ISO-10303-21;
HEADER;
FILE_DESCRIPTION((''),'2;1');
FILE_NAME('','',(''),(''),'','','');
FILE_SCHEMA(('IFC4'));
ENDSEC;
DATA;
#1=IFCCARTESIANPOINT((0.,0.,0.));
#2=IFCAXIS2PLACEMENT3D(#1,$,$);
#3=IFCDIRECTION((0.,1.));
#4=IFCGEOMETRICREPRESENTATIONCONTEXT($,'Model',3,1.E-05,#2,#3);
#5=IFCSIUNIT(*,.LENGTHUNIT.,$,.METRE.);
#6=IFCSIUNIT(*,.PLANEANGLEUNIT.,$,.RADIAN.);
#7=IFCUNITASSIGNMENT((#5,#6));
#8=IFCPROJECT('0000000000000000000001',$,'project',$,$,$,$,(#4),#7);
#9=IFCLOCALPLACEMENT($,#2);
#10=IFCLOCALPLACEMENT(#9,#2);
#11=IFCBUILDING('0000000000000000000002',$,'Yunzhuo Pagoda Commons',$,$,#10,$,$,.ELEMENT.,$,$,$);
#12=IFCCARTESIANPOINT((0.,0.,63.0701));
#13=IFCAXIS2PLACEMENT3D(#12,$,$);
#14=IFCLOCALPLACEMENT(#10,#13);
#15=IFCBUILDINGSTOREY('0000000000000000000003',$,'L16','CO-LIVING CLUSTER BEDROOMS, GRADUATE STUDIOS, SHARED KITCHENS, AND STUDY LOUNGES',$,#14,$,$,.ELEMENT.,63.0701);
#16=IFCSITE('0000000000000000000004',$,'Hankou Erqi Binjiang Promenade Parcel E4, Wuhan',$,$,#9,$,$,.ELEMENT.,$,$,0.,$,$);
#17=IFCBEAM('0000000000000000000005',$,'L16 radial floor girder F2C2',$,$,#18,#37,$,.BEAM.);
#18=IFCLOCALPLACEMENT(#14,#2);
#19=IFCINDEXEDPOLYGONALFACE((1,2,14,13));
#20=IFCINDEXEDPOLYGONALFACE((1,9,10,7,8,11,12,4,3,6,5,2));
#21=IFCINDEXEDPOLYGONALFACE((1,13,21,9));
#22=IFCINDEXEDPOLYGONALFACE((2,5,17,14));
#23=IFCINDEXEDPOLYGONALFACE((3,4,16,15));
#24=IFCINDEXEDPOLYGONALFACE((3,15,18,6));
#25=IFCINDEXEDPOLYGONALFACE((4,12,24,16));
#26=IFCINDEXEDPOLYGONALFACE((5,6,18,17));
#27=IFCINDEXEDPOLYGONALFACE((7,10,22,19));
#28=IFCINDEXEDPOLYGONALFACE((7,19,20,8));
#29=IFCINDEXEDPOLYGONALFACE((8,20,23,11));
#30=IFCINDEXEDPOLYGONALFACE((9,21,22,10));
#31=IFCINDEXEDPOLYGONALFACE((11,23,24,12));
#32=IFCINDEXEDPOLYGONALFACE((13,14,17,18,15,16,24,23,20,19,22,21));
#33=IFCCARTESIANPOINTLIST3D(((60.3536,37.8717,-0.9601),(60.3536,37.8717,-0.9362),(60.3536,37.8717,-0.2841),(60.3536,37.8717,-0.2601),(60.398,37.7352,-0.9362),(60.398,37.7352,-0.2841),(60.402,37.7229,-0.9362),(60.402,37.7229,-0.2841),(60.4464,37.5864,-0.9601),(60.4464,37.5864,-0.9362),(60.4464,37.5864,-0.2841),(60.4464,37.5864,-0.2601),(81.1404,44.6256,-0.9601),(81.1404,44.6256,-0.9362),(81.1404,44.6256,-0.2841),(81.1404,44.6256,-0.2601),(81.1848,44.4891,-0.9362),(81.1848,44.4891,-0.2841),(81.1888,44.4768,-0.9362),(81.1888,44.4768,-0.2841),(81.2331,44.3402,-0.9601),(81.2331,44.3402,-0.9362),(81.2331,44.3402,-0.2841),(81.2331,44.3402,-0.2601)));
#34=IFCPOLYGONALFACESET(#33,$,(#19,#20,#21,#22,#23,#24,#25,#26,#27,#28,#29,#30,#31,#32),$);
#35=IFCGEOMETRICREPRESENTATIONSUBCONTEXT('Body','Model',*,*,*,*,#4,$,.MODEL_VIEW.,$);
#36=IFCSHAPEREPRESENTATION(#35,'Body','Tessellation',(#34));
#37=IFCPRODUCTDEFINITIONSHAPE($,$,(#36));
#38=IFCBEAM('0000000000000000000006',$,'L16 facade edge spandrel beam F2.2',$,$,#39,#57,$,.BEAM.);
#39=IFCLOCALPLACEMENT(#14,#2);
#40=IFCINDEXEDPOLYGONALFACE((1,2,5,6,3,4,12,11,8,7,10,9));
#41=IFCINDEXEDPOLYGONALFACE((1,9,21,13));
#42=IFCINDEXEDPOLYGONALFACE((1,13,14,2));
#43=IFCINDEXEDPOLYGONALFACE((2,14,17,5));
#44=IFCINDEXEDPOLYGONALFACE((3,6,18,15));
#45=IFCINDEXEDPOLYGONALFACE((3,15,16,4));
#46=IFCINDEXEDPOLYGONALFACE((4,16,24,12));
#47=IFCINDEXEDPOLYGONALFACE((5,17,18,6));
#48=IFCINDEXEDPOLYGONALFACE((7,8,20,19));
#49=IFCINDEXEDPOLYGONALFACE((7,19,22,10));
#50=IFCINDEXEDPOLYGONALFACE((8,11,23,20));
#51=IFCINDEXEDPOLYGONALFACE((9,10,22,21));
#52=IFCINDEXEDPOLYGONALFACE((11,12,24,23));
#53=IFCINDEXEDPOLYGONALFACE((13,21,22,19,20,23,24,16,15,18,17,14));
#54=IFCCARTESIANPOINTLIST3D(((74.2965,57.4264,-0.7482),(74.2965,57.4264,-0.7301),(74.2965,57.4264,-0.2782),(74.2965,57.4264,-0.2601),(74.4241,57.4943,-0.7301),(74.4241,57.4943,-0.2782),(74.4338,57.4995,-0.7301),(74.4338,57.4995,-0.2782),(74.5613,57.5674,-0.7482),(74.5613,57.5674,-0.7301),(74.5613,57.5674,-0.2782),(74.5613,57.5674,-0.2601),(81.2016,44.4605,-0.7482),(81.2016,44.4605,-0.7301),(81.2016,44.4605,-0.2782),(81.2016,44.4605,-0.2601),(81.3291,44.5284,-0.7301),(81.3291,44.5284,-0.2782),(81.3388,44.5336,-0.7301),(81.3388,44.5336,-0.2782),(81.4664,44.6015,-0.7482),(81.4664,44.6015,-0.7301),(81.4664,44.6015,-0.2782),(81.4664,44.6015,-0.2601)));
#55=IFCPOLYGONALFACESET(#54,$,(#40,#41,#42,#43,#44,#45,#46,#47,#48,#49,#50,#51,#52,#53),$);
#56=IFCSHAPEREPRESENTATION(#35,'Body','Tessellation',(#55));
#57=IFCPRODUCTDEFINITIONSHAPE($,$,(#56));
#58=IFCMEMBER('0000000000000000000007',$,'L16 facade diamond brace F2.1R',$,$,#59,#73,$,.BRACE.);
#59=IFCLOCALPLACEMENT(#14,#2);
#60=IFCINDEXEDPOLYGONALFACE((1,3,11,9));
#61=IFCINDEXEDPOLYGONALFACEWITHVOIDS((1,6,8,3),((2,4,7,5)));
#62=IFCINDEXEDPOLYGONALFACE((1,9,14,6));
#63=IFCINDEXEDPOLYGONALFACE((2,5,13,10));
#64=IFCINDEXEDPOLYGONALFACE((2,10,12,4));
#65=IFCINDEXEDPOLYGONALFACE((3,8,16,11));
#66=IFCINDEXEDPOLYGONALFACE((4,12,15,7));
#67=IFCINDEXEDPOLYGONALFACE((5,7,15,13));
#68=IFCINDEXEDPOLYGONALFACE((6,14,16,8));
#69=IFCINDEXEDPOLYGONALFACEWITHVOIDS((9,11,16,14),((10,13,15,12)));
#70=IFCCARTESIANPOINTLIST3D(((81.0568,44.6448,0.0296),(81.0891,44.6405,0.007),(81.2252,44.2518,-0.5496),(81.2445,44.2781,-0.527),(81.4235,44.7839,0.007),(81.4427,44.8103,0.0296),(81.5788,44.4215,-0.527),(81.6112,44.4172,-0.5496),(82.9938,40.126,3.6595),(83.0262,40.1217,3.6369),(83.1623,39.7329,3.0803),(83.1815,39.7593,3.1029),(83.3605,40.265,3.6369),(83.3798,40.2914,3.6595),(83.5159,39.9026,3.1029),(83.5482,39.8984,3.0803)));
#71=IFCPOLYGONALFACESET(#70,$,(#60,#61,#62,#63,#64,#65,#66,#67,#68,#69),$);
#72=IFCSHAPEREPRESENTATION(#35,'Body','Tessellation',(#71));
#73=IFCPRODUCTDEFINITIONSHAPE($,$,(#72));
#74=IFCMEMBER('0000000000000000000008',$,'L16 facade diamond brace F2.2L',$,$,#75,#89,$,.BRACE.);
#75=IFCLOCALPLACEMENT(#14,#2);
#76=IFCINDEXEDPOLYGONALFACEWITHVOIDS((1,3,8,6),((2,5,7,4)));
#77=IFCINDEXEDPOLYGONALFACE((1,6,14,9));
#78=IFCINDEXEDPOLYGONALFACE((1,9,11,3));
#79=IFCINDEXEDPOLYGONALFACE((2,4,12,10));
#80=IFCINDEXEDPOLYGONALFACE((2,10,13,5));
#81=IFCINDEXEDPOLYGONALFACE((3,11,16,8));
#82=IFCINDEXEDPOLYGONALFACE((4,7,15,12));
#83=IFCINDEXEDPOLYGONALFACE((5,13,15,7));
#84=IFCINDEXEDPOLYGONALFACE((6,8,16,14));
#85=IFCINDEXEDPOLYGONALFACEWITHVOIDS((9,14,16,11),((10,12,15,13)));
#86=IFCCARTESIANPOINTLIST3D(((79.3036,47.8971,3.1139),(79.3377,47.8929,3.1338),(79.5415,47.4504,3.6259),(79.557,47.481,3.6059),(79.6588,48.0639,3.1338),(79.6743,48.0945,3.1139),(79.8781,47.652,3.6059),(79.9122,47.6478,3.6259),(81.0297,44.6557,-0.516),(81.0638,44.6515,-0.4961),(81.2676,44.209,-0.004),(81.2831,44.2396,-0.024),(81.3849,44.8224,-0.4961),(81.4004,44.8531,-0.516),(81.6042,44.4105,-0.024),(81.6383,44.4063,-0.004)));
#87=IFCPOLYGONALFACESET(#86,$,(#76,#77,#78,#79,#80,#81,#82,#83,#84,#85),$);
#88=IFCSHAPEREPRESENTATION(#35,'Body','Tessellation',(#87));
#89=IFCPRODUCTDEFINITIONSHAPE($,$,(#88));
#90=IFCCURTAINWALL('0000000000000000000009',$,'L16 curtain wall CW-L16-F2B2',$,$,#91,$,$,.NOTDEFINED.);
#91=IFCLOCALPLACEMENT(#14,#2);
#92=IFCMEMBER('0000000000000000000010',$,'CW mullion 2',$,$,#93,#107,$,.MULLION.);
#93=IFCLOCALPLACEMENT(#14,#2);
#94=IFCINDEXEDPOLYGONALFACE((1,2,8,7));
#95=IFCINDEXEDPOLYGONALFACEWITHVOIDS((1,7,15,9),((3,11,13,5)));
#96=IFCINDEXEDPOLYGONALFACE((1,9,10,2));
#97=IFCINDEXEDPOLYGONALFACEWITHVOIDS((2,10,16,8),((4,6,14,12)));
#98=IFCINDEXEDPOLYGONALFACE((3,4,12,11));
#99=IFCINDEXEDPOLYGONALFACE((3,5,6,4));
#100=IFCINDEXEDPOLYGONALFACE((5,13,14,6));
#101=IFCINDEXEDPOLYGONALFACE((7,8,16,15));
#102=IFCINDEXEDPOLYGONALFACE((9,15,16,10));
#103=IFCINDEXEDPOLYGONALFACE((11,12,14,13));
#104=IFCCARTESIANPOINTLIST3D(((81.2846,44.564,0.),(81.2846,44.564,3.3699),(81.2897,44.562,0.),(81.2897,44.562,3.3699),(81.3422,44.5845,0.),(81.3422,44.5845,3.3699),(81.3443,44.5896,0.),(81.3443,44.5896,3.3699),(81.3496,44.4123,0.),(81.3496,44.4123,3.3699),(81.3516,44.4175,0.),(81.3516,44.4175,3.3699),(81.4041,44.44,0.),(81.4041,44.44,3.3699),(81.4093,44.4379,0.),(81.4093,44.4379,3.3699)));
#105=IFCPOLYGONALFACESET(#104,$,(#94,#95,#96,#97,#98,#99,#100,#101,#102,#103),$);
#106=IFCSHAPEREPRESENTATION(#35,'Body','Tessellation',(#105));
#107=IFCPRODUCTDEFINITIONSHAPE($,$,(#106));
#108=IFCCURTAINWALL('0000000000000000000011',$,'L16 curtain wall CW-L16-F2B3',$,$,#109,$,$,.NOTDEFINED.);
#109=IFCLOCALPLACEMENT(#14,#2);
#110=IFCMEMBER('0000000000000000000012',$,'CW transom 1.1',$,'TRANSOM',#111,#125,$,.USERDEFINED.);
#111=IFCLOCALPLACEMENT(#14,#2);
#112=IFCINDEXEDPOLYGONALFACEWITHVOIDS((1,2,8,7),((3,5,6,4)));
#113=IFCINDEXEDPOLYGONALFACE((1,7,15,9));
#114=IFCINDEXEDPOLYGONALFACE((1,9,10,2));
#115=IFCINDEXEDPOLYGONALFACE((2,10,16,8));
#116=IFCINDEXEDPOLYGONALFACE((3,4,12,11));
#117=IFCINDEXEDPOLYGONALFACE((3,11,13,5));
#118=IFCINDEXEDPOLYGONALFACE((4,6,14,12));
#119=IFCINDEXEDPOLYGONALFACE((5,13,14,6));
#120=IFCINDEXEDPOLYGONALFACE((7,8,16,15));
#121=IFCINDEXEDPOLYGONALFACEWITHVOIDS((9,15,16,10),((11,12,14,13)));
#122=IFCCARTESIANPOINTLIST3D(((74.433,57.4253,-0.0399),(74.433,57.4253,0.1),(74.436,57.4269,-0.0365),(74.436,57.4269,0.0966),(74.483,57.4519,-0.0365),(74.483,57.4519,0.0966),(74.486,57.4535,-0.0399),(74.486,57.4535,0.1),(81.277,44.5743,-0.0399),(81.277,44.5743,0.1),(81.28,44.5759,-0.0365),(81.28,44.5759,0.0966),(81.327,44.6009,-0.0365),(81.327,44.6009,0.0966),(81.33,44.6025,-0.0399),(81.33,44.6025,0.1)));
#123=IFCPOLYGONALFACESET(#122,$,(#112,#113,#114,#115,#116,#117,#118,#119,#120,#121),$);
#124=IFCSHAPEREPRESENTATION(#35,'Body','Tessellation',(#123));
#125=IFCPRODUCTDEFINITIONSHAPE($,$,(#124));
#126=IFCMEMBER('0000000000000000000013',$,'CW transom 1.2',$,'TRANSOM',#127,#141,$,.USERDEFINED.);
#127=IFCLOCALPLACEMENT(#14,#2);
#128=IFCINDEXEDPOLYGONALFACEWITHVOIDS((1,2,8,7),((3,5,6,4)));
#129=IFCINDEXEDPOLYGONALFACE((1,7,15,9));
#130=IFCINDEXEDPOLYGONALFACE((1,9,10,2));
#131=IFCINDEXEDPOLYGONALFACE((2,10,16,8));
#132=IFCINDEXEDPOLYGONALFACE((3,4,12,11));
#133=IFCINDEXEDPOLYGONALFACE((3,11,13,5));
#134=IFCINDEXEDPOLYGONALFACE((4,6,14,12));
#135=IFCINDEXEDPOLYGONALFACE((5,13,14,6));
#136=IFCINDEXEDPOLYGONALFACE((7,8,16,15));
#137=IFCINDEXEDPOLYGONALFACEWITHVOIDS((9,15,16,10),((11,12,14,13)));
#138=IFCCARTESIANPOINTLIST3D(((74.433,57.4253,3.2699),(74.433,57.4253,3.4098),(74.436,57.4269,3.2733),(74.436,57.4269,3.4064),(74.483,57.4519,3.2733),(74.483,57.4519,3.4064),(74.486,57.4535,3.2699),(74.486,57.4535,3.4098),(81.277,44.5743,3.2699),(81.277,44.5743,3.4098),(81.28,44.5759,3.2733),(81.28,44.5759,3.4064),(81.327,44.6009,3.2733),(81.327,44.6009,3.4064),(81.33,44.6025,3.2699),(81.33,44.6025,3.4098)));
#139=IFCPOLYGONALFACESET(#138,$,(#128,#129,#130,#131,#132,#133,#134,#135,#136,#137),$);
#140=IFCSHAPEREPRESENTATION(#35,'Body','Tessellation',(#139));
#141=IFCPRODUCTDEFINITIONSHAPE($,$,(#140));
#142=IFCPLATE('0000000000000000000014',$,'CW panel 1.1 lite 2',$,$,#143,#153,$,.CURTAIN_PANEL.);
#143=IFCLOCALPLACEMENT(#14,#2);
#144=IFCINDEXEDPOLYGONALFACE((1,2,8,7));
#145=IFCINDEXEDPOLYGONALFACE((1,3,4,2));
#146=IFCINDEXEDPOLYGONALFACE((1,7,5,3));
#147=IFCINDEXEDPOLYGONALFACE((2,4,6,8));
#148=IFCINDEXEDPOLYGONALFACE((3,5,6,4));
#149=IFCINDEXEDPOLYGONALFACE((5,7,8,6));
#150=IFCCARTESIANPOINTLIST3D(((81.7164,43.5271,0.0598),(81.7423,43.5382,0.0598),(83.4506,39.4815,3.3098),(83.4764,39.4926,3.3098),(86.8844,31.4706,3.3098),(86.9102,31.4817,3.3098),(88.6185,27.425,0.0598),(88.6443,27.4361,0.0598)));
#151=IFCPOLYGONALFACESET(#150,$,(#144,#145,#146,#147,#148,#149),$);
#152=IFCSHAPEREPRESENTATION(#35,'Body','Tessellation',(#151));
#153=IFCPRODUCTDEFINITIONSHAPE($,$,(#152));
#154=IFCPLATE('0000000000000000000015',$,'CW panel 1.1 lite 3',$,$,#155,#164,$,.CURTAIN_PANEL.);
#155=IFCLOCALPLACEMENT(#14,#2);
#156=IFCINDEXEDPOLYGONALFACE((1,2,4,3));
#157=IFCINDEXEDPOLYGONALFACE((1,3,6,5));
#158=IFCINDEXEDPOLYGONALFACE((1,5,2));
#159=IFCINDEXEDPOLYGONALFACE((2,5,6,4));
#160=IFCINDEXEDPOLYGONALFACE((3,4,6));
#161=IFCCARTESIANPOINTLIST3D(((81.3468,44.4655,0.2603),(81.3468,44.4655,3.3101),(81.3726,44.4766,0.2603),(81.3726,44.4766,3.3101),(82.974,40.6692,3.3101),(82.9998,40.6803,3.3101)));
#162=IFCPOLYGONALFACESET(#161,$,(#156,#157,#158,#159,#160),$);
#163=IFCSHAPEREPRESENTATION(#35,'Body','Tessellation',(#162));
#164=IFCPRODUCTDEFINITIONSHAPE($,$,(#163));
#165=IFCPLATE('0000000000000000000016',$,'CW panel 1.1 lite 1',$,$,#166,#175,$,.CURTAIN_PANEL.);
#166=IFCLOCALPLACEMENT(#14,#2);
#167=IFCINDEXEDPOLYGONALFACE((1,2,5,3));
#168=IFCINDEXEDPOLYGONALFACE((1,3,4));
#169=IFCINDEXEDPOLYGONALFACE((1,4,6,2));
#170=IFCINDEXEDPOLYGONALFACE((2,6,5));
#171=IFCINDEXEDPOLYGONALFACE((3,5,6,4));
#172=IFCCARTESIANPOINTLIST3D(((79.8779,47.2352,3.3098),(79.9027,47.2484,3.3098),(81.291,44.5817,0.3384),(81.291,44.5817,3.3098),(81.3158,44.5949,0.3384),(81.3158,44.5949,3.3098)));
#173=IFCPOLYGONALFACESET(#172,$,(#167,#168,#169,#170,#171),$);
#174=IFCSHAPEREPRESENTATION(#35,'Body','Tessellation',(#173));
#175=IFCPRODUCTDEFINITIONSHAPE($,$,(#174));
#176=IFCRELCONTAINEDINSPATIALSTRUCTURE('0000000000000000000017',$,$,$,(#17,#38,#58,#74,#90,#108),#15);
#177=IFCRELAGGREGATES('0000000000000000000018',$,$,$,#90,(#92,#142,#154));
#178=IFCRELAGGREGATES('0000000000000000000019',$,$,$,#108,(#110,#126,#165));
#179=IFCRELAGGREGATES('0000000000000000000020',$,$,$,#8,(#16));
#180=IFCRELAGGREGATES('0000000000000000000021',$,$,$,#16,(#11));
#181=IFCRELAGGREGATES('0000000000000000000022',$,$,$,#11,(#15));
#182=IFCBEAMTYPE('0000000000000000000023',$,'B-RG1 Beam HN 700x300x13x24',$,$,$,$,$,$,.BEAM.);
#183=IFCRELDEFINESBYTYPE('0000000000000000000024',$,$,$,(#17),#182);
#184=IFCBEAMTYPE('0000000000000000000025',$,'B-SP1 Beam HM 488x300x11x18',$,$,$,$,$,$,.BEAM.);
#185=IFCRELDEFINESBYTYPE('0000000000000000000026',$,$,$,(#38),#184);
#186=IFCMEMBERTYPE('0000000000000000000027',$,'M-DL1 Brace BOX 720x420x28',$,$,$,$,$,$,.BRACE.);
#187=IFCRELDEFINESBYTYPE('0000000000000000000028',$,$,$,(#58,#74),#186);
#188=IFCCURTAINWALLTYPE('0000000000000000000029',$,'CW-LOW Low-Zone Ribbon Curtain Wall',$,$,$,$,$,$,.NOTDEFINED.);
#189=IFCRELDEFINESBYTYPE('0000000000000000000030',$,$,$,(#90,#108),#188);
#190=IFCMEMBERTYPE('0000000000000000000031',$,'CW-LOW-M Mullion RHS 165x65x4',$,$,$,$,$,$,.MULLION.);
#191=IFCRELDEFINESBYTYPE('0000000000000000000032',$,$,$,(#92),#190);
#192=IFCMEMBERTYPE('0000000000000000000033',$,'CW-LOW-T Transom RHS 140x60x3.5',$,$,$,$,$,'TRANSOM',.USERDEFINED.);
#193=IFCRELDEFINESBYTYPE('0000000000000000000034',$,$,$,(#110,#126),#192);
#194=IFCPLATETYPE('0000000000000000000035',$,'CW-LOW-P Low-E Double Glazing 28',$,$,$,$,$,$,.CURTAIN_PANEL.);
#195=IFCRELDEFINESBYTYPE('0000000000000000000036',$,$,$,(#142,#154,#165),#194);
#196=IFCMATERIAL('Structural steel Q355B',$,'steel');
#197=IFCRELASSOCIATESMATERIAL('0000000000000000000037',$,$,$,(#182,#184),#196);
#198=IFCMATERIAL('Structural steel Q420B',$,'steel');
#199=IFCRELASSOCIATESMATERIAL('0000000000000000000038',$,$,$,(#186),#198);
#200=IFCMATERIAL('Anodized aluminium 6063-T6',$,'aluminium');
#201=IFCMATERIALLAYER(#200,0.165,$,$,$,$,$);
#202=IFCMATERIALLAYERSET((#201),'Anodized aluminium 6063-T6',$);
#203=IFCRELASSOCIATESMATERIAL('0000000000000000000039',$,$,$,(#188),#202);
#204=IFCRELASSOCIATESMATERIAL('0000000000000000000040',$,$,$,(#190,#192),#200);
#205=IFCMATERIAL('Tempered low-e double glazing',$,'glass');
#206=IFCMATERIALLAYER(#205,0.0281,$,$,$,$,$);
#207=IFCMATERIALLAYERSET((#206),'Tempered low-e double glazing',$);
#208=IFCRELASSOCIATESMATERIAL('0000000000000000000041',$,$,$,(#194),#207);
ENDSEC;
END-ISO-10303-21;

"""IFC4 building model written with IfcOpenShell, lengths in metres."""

from ifc_helpers import new_model, si_unit, direction, frame, origin, origin_2d, place, context, subcontext, project, spatial, polyline, hollow_rectangle, i_section, outline, extrude, source, transform, mapped, material, layer, layer_set, material_profile, profile_set, type_object, element, aggregate, save


model = new_model("IFC4")

# Units and contexts
model_context = context("Model", 3, precision=1e-05, world=origin(), true_north=direction((0.0, 1.0)))
body_context = subcontext(model_context, "Body", "Model", "MODEL_VIEW")
ifc_project = project(units=[si_unit("LENGTHUNIT", "METRE"), si_unit("PLANEANGLEUNIT", "RADIAN")], contexts=[model_context])

# Site, building, storey
site_placement = place(None, origin())
site = spatial("IfcSite", under=ifc_project, at=site_placement, Name="Hankou Erqi Binjiang Promenade Parcel E4, Wuhan", CompositionType="ELEMENT", RefElevation=0.0)
building_placement = place(site_placement, origin())
building = spatial("IfcBuilding", under=site, at=building_placement, Name="Yunzhuo Pagoda Commons", CompositionType="ELEMENT")
storey_placement = place(building_placement, frame((0.0, 0.0, 63.0701)))
storey = spatial("IfcBuildingStorey", under=building, at=storey_placement, Name="L16", Description="CO-LIVING CLUSTER BEDROOMS, GRADUATE STUDIOS, SHARED KITCHENS, AND STUDY LOUNGES", CompositionType="ELEMENT", Elevation=63.0701)

# Shared definitions
ifc_material_1 = material(Name="Structural steel Q420B", Category="steel")

# Beams
ifc_material_2 = material(Name="Structural steel Q355B", Category="steel")
ifc_material_profile_1 = material_profile(ifc_material_2, i_section(OverallWidth=0.3, OverallDepth=0.7, WebThickness=0.0129, FlangeThickness=0.0239, at=origin_2d()), Name="Structural steel Q355B")
ifc_profile_set_1 = profile_set([ifc_material_profile_1], Name="Structural steel Q355B")
beam_type_1 = type_object("IfcBeamType", Name="B-RG1 Beam HN 700x300x13x24", PredefinedType="BEAM", material=ifc_profile_set_1)
shared_shape_1 = source(origin(), body_context, "Body", "SweptSolid", [
    extrude(i_section(OverallWidth=0.3, OverallDepth=0.7, WebThickness=0.0129, FlangeThickness=0.0239, at=origin_2d()), origin(), (0.0, 0.0, 1.0), 21.8564),
])
beam_1_placement = place(storey_placement, frame((81.1868, 44.4829, -0.6101), z_axis=(-0.951059, -0.309011, 0.0), x_axis=(0.309011, -0.951059, 0.0)))
element("IfcBeam", 1, at=beam_1_placement, inside=storey, type_object=beam_type_1, Name="L16 radial floor girder F2C2", PredefinedType="BEAM", context=body_context, shape_type="MappedRepresentation", body=[
    mapped(shared_shape_1, transform((0.0, 0.0, 0.0), scale=1.0)),
])
ifc_material_profile_2 = material_profile(ifc_material_2, i_section(OverallWidth=0.3, OverallDepth=0.488, WebThickness=0.011, FlangeThickness=0.0181, at=origin_2d()), Name="Structural steel Q355B")
ifc_profile_set_2 = profile_set([ifc_material_profile_2], Name="Structural steel Q355B")
beam_type_2 = type_object("IfcBeamType", Name="B-SP1 Beam HM 488x300x11x18", PredefinedType="BEAM", material=ifc_profile_set_2)
shared_shape_2 = source(origin(), body_context, "Body", "SweptSolid", [
    extrude(i_section(OverallWidth=0.3, OverallDepth=0.488, WebThickness=0.011, FlangeThickness=0.0181, at=origin_2d()), origin(), (0.0, 0.0, 1.0), 14.6899),
])
beam_2_placement = place(storey_placement, frame((81.334, 44.531, -0.5042), z_axis=(-0.470054, 0.882638, 0.0), x_axis=(-0.882638, -0.470054, 0.0)))
element("IfcBeam", 2, at=beam_2_placement, inside=storey, type_object=beam_type_2, Name="L16 facade edge spandrel beam F2.2", PredefinedType="BEAM", context=body_context, shape_type="MappedRepresentation", body=[
    mapped(shared_shape_2, transform((0.0, 0.0, 0.0), scale=1.0)),
])

# Members
ifc_material_profile_3 = material_profile(ifc_material_1, hollow_rectangle(XDim=0.4199, YDim=0.72, WallThickness=0.0281, at=origin_2d()), Name="Structural steel Q420B")
ifc_profile_set_3 = profile_set([ifc_material_profile_3], Name="Structural steel Q420B")
member_type_1 = type_object("IfcMemberType", Name="M-DL1 Brace BOX 720x420x28", PredefinedType="BRACE", material=ifc_profile_set_3)
shared_shape_3 = source(origin(), body_context, "Body", "SweptSolid", [
    extrude(hollow_rectangle(XDim=0.4199, YDim=0.72, WallThickness=0.0281, at=origin_2d()), origin(), (0.0, 0.0, 1.0), 6.1113),
])
member_1_placement = place(storey_placement, frame((81.334, 44.531, -0.26), z_axis=(0.316957, -0.739421, 0.593965), x_axis=(0.919117, 0.393985, 0.0)))
element("IfcMember", 3, at=member_1_placement, inside=storey, type_object=member_type_1, Name="L16 facade diamond brace F2.1R", PredefinedType="BRACE", context=body_context, shape_type="MappedRepresentation", body=[
    mapped(shared_shape_3, transform((0.0, 0.0, 0.0), scale=1.0)),
])
shared_shape_4 = source(origin(), body_context, "Body", "SweptSolid", [
    extrude(hollow_rectangle(XDim=0.4199, YDim=0.72, WallThickness=0.0281, at=origin_2d()), origin(), (0.0, 0.0, 1.0), 5.1636),
])
member_2_placement = place(storey_placement, frame((81.334, 44.531, -0.26), z_axis=(-0.33428, 0.627755, 0.70298), x_axis=(-0.882658, -0.470015, 0.0)))
element("IfcMember", 4, at=member_2_placement, inside=storey, type_object=member_type_1, Name="L16 facade diamond brace F2.2L", PredefinedType="BRACE", context=body_context, shape_type="MappedRepresentation", body=[
    mapped(shared_shape_4, transform((0.0, 0.0, 0.0), scale=1.0)),
])

# Curtain wall, member
ifc_material_3 = material(Name="Anodized aluminium 6063-T6", Category="aluminium")
ifc_layer_1 = layer(ifc_material_3, 0.165)
ifc_layer_set_1 = layer_set([ifc_layer_1], Name="Anodized aluminium 6063-T6")
curtain_wall_type = type_object("IfcCurtainWallType", Name="CW-LOW Low-Zone Ribbon Curtain Wall", PredefinedType="NOTDEFINED", material=ifc_layer_set_1)
curtain_wall_1_placement = place(storey_placement, origin())
curtain_wall_1 = element("IfcCurtainWall", 5, at=curtain_wall_1_placement, inside=storey, type_object=curtain_wall_type, Name="L16 curtain wall CW-L16-F2B2", PredefinedType="NOTDEFINED")
ifc_material_profile_4 = material_profile(ifc_material_3, hollow_rectangle(XDim=0.0649, YDim=0.165, WallThickness=0.0039, at=origin_2d()), Name="Anodized aluminium 6063-T6")
ifc_profile_set_4 = profile_set([ifc_material_profile_4], Name="Anodized aluminium 6063-T6")
member_type_2 = type_object("IfcMemberType", Name="CW-LOW-M Mullion RHS 165x65x4", PredefinedType="MULLION", material=ifc_profile_set_4)
shared_shape_5 = source(origin(), body_context, "Body", "SweptSolid", [
    extrude(hollow_rectangle(XDim=0.0649, YDim=0.165, WallThickness=0.0039, at=origin_2d()), origin(), (0.0, 0.0, 1.0), 3.3699),
])
member_3_placement = place(storey_placement, frame((81.3469, 44.501, 0.0), z_axis=(0.0, 0.0, 1.0), x_axis=(-0.919121, -0.393975, 0.0)))
member_3 = element("IfcMember", 6, at=member_3_placement, type_object=member_type_2, Name="CW mullion 2", PredefinedType="MULLION", context=body_context, shape_type="MappedRepresentation", body=[
    mapped(shared_shape_5, transform((0.0, 0.0, 0.0), scale=1.0)),
])

# Curtain wall, members
curtain_wall_2_placement = place(storey_placement, origin())
curtain_wall_2 = element("IfcCurtainWall", 7, at=curtain_wall_2_placement, inside=storey, type_object=curtain_wall_type, Name="L16 curtain wall CW-L16-F2B3", PredefinedType="NOTDEFINED")
ifc_material_profile_5 = material_profile(ifc_material_3, hollow_rectangle(XDim=0.0601, YDim=0.1399, WallThickness=0.0034, at=origin_2d()), Name="Anodized aluminium 6063-T6")
ifc_profile_set_5 = profile_set([ifc_material_profile_5], Name="Anodized aluminium 6063-T6")
member_type_3 = type_object("IfcMemberType", Name="CW-LOW-T Transom RHS 140x60x3.5", ElementType="TRANSOM", PredefinedType="USERDEFINED", material=ifc_profile_set_5)
shared_shape_6 = source(origin(), body_context, "Body", "SweptSolid", [
    extrude(hollow_rectangle(XDim=0.0601, YDim=0.1399, WallThickness=0.0034, at=origin_2d()), origin(), (0.0, 0.0, 1.0), 14.5598),
])
member_4_placement = place(storey_placement, frame((81.3035, 44.5884, 0.03), z_axis=(-0.470058, 0.882635, 0.0), x_axis=(-0.882635, -0.470058, 0.0)))
member_4 = element("IfcMember", 8, at=member_4_placement, type_object=member_type_3, Name="CW transom 1.1", ObjectType="TRANSOM", PredefinedType="USERDEFINED", context=body_context, shape_type="MappedRepresentation", body=[
    mapped(shared_shape_6, transform((0.0, 0.0, 0.0), scale=1.0)),
])
member_5_placement = place(storey_placement, frame((81.3035, 44.5884, 3.3398), z_axis=(-0.470058, 0.882635, 0.0), x_axis=(-0.882635, -0.470058, 0.0)))
member_5 = element("IfcMember", 9, at=member_5_placement, type_object=member_type_3, Name="CW transom 1.2", ObjectType="TRANSOM", PredefinedType="USERDEFINED", context=body_context, shape_type="MappedRepresentation", body=[
    mapped(shared_shape_6, transform((0.0, 0.0, 0.0), scale=1.0)),
])

# Plates
ifc_material_4 = material(Name="Tempered low-e double glazing", Category="glass")
ifc_layer_2 = layer(ifc_material_4, 0.0281)
ifc_layer_set_2 = layer_set([ifc_layer_2], Name="Tempered low-e double glazing")
plate_type_1 = type_object("IfcPlateType", Name="CW-LOW-P Low-E Double Glazing 28", PredefinedType="CURTAIN_PANEL", material=ifc_layer_set_2)
plate_1_placement = place(storey_placement, frame((85.1675, 35.4761, 1.6848), z_axis=(0.919121, 0.393975, 0.0), x_axis=(-0.393975, 0.919121, 0.0)))
plate_1 = element("IfcPlate", 10, at=plate_1_placement, type_object=plate_type_1, Name="CW panel 1.1 lite 2", PredefinedType="CURTAIN_PANEL", context=body_context, shape_type="SweptSolid", body=[
    extrude(outline(polyline([(-8.7595, -1.625), (8.7595, -1.625), (4.3579, 1.625), (-4.3579, 1.625), (-8.7595, -1.625)])), origin(), (0.0, 0.0, 1.0), 0.0281),
])
plate_2_placement = place(storey_placement, frame((82.1604, 42.5674, 1.7852), z_axis=(0.919121, 0.393975, 0.0), x_axis=(-0.393975, 0.919121, 0.0)))
plate_2 = element("IfcPlate", 11, at=plate_2_placement, type_object=plate_type_1, Name="CW panel 1.1 lite 3", PredefinedType="CURTAIN_PANEL", context=body_context, shape_type="SweptSolid", body=[
    extrude(outline(polyline([(-2.0652, 1.5249), (2.0652, -1.5249), (2.0652, 1.5249), (-2.0652, 1.5249)])), origin(), (0.0, 0.0, 1.0), 0.0281),
])
aggregate(curtain_wall_1, [member_3, plate_1, plate_2])
plate_3_placement = place(storey_placement, frame((80.5845, 45.9084, 1.8242), z_axis=(0.882637, 0.470056, 0.0), x_axis=(-0.470056, 0.882637, 0.0)))
plate_3 = element("IfcPlate", 12, at=plate_3_placement, type_object=plate_type_1, Name="CW panel 1.1 lite 1", PredefinedType="CURTAIN_PANEL", context=body_context, shape_type="SweptSolid", body=[
    extrude(outline(polyline([(-1.5032, -1.4858), (1.5032, 1.4856), (-1.5032, 1.4856), (-1.5032, -1.4858)])), origin(), (0.0, 0.0, 1.0), 0.0281),
])
aggregate(curtain_wall_2, [member_4, member_5, plate_3])

save(model, "model.ifc")
